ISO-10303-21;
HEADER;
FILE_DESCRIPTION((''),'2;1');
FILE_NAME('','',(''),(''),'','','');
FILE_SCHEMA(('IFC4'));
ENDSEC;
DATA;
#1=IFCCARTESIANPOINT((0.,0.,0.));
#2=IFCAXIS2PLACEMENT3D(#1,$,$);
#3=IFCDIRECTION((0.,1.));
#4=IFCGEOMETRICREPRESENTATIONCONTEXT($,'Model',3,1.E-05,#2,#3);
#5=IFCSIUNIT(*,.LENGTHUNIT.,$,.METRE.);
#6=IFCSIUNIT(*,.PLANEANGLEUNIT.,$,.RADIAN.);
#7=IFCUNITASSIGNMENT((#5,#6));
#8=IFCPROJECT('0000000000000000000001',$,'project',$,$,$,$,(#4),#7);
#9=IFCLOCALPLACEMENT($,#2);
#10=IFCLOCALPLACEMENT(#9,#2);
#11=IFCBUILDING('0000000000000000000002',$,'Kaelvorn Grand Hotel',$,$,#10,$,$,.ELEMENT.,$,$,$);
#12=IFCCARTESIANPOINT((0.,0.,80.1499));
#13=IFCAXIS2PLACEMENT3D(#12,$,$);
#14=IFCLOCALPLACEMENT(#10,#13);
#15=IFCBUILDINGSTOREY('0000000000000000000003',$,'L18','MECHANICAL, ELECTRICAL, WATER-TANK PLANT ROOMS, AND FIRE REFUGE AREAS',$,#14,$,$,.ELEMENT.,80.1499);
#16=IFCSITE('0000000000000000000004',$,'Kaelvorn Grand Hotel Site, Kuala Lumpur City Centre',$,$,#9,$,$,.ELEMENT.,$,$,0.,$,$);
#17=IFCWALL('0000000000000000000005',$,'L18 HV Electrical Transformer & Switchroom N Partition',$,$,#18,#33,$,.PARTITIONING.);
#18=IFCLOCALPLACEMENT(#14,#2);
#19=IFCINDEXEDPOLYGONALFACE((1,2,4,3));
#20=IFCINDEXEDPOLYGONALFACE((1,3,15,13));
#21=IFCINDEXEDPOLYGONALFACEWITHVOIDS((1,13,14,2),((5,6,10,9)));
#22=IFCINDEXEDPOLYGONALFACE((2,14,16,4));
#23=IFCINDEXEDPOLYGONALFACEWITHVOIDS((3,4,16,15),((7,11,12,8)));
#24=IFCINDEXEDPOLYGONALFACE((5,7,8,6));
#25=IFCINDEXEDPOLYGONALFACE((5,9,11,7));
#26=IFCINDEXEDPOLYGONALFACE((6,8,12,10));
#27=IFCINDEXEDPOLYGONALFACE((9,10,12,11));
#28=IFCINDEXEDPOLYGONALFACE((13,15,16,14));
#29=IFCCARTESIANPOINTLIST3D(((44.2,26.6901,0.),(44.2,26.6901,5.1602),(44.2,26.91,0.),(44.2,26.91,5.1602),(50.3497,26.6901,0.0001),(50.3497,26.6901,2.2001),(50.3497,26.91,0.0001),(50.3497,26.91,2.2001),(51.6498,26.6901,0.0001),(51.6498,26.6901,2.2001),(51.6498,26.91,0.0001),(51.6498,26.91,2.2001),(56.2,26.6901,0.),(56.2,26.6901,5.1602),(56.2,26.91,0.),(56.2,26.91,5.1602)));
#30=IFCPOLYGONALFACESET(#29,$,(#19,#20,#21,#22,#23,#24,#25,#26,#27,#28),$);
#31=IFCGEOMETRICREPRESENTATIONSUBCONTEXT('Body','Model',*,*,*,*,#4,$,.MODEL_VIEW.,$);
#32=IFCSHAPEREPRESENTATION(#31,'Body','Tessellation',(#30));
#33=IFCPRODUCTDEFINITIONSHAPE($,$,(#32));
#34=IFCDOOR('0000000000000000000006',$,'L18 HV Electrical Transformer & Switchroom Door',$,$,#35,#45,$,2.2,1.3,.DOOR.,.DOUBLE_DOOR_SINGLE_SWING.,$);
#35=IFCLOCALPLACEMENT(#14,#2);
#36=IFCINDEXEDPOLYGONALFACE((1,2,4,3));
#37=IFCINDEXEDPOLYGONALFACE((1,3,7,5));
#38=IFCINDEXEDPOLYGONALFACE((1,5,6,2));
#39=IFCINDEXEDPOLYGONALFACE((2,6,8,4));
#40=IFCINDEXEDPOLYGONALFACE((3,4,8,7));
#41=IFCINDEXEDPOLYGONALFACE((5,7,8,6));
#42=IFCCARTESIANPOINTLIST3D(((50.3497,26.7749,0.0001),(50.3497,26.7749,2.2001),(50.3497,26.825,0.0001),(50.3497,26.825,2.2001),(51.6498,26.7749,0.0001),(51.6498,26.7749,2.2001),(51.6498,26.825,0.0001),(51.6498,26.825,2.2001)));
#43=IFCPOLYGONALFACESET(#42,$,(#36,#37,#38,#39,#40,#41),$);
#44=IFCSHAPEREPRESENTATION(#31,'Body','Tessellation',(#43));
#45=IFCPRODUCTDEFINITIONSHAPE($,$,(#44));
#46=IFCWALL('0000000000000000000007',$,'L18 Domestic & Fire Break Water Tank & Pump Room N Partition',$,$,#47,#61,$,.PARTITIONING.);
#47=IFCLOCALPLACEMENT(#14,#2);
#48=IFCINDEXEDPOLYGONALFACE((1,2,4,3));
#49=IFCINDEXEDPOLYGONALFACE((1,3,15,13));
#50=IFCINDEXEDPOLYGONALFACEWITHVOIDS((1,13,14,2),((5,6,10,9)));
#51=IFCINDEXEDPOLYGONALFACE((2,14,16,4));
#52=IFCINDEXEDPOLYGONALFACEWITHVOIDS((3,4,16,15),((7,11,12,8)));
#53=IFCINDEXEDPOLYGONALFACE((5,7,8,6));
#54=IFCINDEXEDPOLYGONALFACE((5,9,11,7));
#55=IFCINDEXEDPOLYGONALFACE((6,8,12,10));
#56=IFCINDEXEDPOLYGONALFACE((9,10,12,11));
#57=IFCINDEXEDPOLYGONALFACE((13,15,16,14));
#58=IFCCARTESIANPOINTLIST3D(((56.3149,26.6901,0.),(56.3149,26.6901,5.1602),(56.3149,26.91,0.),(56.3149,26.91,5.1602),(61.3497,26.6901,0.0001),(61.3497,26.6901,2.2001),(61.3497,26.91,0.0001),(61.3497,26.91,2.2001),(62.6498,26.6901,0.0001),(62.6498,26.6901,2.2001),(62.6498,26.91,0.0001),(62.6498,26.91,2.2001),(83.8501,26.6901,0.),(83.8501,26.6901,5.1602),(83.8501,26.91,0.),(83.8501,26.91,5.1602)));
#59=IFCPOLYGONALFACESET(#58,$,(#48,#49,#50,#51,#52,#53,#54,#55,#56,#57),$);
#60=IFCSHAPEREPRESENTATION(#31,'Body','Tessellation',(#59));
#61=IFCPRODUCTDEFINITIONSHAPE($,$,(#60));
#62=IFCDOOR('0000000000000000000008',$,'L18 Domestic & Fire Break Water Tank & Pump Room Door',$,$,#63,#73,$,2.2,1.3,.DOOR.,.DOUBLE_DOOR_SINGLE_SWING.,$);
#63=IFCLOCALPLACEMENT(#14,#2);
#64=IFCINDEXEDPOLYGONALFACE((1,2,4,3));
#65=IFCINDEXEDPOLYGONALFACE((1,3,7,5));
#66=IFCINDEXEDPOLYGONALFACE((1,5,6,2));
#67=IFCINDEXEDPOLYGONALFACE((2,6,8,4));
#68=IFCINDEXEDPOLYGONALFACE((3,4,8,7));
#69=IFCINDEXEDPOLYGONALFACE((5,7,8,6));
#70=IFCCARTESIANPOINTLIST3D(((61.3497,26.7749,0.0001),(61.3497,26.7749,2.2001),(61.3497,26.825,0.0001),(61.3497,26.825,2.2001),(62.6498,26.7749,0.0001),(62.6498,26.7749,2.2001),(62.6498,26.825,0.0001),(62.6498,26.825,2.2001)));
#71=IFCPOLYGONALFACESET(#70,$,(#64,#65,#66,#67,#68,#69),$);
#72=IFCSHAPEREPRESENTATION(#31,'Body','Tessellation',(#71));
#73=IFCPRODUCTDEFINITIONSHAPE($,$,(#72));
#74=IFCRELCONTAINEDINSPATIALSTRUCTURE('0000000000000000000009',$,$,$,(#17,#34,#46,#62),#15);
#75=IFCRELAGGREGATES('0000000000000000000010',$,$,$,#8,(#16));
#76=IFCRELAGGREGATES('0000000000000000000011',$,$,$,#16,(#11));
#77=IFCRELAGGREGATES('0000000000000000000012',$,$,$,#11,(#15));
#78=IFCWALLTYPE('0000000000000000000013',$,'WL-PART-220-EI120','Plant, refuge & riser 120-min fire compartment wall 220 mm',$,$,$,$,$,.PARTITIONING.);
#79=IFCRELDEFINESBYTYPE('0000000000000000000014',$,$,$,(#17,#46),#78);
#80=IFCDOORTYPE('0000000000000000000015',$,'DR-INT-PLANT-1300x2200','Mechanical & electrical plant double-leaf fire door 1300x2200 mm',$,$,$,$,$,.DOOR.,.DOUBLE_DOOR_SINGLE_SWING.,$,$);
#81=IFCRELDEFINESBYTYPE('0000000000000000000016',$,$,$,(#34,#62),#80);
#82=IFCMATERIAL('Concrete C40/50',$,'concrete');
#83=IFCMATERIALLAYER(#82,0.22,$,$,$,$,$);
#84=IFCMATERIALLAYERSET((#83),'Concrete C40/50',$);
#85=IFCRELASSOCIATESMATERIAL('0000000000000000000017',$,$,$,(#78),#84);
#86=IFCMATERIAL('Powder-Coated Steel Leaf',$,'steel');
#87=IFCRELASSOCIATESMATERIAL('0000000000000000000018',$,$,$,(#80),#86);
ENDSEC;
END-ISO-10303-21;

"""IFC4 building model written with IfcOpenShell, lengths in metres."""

from ifc_helpers import new_model, si_unit, direction, frame, frame_2d, origin, place, context, subcontext, project, spatial, rectangle, extrude, material, layer, layer_set, type_object, element, fill, save


model = new_model("IFC4")

# Units and contexts
model_context = context("Model", 3, precision=1e-05, world=origin(), true_north=direction((0.0, 1.0)))
body_context = subcontext(model_context, "Body", "Model", "MODEL_VIEW")
ifc_project = project(units=[si_unit("LENGTHUNIT", "METRE"), si_unit("PLANEANGLEUNIT", "RADIAN")], contexts=[model_context])

# Site, building, storey
site_placement = place(None, origin())
site = spatial("IfcSite", under=ifc_project, at=site_placement, Name="Kaelvorn Grand Hotel Site, Kuala Lumpur City Centre", CompositionType="ELEMENT", RefElevation=0.0)
building_placement = place(site_placement, origin())
building = spatial("IfcBuilding", under=site, at=building_placement, Name="Kaelvorn Grand Hotel", CompositionType="ELEMENT")
storey_placement = place(building_placement, frame((0.0, 0.0, 80.1499)))
storey = spatial("IfcBuildingStorey", under=building, at=storey_placement, Name="L18", Description="MECHANICAL, ELECTRICAL, WATER-TANK PLANT ROOMS, AND FIRE REFUGE AREAS", CompositionType="ELEMENT", Elevation=80.1499)

# Walls, openings, doors
ifc_material_1 = material(Name="Concrete C40/50", Category="concrete")
ifc_layer_1 = layer(ifc_material_1, 0.22)
ifc_layer_set_1 = layer_set([ifc_layer_1], Name="Concrete C40/50")
wall_type_1 = type_object("IfcWallType", Name="WL-PART-220-EI120", Description="Plant, refuge & riser 120-min fire compartment wall 220 mm", PredefinedType="PARTITIONING", material=ifc_layer_set_1)
wall_1_placement = place(storey_placement, frame((44.2, 26.8, 0.0), z_axis=(0.0, 0.0, 1.0), x_axis=(1.0, 0.0, 0.0)))
wall_1 = element("IfcWall", 1, at=wall_1_placement, inside=storey, type_object=wall_type_1, Name="L18 HV Electrical Transformer & Switchroom N Partition", PredefinedType="PARTITIONING", context=body_context, shape_type="SweptSolid", body=[
    extrude(rectangle(XDim=12.0, YDim=0.22, at=frame_2d((6.0, 0.0))), origin(), (0.0, 0.0, 1.0), 5.1602),
])
opening_1_placement = place(wall_1_placement, frame((6.1499, 0.0, 0.0)))
opening_1 = element("IfcOpeningElement", 2, at=opening_1_placement, cuts=wall_1, PredefinedType="OPENING", context=body_context, shape_type="SweptSolid", body=[
    extrude(rectangle(XDim=1.3, YDim=2.2, at=frame_2d((0.6499, 1.1001))), frame((0.0, 0.1201, 0.0), z_axis=(0.0, -1.0, 0.0), x_axis=(1.0, 0.0, 0.0)), (0.0, 0.0, 1.0), 0.24),
])
ifc_material_2 = material(Name="Powder-Coated Steel Leaf", Category="steel")
door_type = type_object("IfcDoorType", Name="DR-INT-PLANT-1300x2200", Description="Mechanical & electrical plant double-leaf fire door 1300x2200 mm", OperationType="DOUBLE_DOOR_SINGLE_SWING", PredefinedType="DOOR", material=ifc_material_2)
door_1_placement = place(opening_1_placement, origin())
door_1 = element("IfcDoor", 3, at=door_1_placement, inside=storey, type_object=door_type, Name="L18 HV Electrical Transformer & Switchroom Door", OperationType="DOUBLE_DOOR_SINGLE_SWING", OverallHeight=2.2, OverallWidth=1.3, PredefinedType="DOOR", context=body_context, shape_type="SweptSolid", body=[
    extrude(rectangle(XDim=1.3, YDim=2.2, at=frame_2d((0.6499, 1.1001))), frame((0.0, 0.0249, 0.0), z_axis=(0.0, -1.0, 0.0), x_axis=(1.0, 0.0, 0.0)), (0.0, 0.0, 1.0), 0.05),
])
fill(opening_1, door_1)
wall_2_placement = place(storey_placement, frame((56.3149, 26.8, 0.0), z_axis=(0.0, 0.0, 1.0), x_axis=(1.0, 0.0, 0.0)))
wall_2 = element("IfcWall", 4, at=wall_2_placement, inside=storey, type_object=wall_type_1, Name="L18 Domestic & Fire Break Water Tank & Pump Room N Partition", PredefinedType="PARTITIONING", context=body_context, shape_type="SweptSolid", body=[
    extrude(rectangle(XDim=27.5352, YDim=0.22, at=frame_2d((13.7676, 0.0))), origin(), (0.0, 0.0, 1.0), 5.1602),
])
opening_2_placement = place(wall_2_placement, frame((5.0349, 0.0, 0.0)))
opening_2 = element("IfcOpeningElement", 5, at=opening_2_placement, cuts=wall_2, PredefinedType="OPENING", context=body_context, shape_type="SweptSolid", body=[
    extrude(rectangle(XDim=1.3, YDim=2.2, at=frame_2d((0.6499, 1.1001))), frame((0.0, 0.1201, 0.0), z_axis=(0.0, -1.0, 0.0), x_axis=(1.0, 0.0, 0.0)), (0.0, 0.0, 1.0), 0.24),
])
door_2_placement = place(opening_2_placement, origin())
door_2 = element("IfcDoor", 6, at=door_2_placement, inside=storey, type_object=door_type, Name="L18 Domestic & Fire Break Water Tank & Pump Room Door", OperationType="DOUBLE_DOOR_SINGLE_SWING", OverallHeight=2.2, OverallWidth=1.3, PredefinedType="DOOR", context=body_context, shape_type="SweptSolid", body=[
    extrude(rectangle(XDim=1.3, YDim=2.2, at=frame_2d((0.6499, 1.1001))), frame((0.0, 0.0249, 0.0), z_axis=(0.0, -1.0, 0.0), x_axis=(1.0, 0.0, 0.0)), (0.0, 0.0, 1.0), 0.05),
])
fill(opening_2, door_2)

save(model, "model.ifc")
